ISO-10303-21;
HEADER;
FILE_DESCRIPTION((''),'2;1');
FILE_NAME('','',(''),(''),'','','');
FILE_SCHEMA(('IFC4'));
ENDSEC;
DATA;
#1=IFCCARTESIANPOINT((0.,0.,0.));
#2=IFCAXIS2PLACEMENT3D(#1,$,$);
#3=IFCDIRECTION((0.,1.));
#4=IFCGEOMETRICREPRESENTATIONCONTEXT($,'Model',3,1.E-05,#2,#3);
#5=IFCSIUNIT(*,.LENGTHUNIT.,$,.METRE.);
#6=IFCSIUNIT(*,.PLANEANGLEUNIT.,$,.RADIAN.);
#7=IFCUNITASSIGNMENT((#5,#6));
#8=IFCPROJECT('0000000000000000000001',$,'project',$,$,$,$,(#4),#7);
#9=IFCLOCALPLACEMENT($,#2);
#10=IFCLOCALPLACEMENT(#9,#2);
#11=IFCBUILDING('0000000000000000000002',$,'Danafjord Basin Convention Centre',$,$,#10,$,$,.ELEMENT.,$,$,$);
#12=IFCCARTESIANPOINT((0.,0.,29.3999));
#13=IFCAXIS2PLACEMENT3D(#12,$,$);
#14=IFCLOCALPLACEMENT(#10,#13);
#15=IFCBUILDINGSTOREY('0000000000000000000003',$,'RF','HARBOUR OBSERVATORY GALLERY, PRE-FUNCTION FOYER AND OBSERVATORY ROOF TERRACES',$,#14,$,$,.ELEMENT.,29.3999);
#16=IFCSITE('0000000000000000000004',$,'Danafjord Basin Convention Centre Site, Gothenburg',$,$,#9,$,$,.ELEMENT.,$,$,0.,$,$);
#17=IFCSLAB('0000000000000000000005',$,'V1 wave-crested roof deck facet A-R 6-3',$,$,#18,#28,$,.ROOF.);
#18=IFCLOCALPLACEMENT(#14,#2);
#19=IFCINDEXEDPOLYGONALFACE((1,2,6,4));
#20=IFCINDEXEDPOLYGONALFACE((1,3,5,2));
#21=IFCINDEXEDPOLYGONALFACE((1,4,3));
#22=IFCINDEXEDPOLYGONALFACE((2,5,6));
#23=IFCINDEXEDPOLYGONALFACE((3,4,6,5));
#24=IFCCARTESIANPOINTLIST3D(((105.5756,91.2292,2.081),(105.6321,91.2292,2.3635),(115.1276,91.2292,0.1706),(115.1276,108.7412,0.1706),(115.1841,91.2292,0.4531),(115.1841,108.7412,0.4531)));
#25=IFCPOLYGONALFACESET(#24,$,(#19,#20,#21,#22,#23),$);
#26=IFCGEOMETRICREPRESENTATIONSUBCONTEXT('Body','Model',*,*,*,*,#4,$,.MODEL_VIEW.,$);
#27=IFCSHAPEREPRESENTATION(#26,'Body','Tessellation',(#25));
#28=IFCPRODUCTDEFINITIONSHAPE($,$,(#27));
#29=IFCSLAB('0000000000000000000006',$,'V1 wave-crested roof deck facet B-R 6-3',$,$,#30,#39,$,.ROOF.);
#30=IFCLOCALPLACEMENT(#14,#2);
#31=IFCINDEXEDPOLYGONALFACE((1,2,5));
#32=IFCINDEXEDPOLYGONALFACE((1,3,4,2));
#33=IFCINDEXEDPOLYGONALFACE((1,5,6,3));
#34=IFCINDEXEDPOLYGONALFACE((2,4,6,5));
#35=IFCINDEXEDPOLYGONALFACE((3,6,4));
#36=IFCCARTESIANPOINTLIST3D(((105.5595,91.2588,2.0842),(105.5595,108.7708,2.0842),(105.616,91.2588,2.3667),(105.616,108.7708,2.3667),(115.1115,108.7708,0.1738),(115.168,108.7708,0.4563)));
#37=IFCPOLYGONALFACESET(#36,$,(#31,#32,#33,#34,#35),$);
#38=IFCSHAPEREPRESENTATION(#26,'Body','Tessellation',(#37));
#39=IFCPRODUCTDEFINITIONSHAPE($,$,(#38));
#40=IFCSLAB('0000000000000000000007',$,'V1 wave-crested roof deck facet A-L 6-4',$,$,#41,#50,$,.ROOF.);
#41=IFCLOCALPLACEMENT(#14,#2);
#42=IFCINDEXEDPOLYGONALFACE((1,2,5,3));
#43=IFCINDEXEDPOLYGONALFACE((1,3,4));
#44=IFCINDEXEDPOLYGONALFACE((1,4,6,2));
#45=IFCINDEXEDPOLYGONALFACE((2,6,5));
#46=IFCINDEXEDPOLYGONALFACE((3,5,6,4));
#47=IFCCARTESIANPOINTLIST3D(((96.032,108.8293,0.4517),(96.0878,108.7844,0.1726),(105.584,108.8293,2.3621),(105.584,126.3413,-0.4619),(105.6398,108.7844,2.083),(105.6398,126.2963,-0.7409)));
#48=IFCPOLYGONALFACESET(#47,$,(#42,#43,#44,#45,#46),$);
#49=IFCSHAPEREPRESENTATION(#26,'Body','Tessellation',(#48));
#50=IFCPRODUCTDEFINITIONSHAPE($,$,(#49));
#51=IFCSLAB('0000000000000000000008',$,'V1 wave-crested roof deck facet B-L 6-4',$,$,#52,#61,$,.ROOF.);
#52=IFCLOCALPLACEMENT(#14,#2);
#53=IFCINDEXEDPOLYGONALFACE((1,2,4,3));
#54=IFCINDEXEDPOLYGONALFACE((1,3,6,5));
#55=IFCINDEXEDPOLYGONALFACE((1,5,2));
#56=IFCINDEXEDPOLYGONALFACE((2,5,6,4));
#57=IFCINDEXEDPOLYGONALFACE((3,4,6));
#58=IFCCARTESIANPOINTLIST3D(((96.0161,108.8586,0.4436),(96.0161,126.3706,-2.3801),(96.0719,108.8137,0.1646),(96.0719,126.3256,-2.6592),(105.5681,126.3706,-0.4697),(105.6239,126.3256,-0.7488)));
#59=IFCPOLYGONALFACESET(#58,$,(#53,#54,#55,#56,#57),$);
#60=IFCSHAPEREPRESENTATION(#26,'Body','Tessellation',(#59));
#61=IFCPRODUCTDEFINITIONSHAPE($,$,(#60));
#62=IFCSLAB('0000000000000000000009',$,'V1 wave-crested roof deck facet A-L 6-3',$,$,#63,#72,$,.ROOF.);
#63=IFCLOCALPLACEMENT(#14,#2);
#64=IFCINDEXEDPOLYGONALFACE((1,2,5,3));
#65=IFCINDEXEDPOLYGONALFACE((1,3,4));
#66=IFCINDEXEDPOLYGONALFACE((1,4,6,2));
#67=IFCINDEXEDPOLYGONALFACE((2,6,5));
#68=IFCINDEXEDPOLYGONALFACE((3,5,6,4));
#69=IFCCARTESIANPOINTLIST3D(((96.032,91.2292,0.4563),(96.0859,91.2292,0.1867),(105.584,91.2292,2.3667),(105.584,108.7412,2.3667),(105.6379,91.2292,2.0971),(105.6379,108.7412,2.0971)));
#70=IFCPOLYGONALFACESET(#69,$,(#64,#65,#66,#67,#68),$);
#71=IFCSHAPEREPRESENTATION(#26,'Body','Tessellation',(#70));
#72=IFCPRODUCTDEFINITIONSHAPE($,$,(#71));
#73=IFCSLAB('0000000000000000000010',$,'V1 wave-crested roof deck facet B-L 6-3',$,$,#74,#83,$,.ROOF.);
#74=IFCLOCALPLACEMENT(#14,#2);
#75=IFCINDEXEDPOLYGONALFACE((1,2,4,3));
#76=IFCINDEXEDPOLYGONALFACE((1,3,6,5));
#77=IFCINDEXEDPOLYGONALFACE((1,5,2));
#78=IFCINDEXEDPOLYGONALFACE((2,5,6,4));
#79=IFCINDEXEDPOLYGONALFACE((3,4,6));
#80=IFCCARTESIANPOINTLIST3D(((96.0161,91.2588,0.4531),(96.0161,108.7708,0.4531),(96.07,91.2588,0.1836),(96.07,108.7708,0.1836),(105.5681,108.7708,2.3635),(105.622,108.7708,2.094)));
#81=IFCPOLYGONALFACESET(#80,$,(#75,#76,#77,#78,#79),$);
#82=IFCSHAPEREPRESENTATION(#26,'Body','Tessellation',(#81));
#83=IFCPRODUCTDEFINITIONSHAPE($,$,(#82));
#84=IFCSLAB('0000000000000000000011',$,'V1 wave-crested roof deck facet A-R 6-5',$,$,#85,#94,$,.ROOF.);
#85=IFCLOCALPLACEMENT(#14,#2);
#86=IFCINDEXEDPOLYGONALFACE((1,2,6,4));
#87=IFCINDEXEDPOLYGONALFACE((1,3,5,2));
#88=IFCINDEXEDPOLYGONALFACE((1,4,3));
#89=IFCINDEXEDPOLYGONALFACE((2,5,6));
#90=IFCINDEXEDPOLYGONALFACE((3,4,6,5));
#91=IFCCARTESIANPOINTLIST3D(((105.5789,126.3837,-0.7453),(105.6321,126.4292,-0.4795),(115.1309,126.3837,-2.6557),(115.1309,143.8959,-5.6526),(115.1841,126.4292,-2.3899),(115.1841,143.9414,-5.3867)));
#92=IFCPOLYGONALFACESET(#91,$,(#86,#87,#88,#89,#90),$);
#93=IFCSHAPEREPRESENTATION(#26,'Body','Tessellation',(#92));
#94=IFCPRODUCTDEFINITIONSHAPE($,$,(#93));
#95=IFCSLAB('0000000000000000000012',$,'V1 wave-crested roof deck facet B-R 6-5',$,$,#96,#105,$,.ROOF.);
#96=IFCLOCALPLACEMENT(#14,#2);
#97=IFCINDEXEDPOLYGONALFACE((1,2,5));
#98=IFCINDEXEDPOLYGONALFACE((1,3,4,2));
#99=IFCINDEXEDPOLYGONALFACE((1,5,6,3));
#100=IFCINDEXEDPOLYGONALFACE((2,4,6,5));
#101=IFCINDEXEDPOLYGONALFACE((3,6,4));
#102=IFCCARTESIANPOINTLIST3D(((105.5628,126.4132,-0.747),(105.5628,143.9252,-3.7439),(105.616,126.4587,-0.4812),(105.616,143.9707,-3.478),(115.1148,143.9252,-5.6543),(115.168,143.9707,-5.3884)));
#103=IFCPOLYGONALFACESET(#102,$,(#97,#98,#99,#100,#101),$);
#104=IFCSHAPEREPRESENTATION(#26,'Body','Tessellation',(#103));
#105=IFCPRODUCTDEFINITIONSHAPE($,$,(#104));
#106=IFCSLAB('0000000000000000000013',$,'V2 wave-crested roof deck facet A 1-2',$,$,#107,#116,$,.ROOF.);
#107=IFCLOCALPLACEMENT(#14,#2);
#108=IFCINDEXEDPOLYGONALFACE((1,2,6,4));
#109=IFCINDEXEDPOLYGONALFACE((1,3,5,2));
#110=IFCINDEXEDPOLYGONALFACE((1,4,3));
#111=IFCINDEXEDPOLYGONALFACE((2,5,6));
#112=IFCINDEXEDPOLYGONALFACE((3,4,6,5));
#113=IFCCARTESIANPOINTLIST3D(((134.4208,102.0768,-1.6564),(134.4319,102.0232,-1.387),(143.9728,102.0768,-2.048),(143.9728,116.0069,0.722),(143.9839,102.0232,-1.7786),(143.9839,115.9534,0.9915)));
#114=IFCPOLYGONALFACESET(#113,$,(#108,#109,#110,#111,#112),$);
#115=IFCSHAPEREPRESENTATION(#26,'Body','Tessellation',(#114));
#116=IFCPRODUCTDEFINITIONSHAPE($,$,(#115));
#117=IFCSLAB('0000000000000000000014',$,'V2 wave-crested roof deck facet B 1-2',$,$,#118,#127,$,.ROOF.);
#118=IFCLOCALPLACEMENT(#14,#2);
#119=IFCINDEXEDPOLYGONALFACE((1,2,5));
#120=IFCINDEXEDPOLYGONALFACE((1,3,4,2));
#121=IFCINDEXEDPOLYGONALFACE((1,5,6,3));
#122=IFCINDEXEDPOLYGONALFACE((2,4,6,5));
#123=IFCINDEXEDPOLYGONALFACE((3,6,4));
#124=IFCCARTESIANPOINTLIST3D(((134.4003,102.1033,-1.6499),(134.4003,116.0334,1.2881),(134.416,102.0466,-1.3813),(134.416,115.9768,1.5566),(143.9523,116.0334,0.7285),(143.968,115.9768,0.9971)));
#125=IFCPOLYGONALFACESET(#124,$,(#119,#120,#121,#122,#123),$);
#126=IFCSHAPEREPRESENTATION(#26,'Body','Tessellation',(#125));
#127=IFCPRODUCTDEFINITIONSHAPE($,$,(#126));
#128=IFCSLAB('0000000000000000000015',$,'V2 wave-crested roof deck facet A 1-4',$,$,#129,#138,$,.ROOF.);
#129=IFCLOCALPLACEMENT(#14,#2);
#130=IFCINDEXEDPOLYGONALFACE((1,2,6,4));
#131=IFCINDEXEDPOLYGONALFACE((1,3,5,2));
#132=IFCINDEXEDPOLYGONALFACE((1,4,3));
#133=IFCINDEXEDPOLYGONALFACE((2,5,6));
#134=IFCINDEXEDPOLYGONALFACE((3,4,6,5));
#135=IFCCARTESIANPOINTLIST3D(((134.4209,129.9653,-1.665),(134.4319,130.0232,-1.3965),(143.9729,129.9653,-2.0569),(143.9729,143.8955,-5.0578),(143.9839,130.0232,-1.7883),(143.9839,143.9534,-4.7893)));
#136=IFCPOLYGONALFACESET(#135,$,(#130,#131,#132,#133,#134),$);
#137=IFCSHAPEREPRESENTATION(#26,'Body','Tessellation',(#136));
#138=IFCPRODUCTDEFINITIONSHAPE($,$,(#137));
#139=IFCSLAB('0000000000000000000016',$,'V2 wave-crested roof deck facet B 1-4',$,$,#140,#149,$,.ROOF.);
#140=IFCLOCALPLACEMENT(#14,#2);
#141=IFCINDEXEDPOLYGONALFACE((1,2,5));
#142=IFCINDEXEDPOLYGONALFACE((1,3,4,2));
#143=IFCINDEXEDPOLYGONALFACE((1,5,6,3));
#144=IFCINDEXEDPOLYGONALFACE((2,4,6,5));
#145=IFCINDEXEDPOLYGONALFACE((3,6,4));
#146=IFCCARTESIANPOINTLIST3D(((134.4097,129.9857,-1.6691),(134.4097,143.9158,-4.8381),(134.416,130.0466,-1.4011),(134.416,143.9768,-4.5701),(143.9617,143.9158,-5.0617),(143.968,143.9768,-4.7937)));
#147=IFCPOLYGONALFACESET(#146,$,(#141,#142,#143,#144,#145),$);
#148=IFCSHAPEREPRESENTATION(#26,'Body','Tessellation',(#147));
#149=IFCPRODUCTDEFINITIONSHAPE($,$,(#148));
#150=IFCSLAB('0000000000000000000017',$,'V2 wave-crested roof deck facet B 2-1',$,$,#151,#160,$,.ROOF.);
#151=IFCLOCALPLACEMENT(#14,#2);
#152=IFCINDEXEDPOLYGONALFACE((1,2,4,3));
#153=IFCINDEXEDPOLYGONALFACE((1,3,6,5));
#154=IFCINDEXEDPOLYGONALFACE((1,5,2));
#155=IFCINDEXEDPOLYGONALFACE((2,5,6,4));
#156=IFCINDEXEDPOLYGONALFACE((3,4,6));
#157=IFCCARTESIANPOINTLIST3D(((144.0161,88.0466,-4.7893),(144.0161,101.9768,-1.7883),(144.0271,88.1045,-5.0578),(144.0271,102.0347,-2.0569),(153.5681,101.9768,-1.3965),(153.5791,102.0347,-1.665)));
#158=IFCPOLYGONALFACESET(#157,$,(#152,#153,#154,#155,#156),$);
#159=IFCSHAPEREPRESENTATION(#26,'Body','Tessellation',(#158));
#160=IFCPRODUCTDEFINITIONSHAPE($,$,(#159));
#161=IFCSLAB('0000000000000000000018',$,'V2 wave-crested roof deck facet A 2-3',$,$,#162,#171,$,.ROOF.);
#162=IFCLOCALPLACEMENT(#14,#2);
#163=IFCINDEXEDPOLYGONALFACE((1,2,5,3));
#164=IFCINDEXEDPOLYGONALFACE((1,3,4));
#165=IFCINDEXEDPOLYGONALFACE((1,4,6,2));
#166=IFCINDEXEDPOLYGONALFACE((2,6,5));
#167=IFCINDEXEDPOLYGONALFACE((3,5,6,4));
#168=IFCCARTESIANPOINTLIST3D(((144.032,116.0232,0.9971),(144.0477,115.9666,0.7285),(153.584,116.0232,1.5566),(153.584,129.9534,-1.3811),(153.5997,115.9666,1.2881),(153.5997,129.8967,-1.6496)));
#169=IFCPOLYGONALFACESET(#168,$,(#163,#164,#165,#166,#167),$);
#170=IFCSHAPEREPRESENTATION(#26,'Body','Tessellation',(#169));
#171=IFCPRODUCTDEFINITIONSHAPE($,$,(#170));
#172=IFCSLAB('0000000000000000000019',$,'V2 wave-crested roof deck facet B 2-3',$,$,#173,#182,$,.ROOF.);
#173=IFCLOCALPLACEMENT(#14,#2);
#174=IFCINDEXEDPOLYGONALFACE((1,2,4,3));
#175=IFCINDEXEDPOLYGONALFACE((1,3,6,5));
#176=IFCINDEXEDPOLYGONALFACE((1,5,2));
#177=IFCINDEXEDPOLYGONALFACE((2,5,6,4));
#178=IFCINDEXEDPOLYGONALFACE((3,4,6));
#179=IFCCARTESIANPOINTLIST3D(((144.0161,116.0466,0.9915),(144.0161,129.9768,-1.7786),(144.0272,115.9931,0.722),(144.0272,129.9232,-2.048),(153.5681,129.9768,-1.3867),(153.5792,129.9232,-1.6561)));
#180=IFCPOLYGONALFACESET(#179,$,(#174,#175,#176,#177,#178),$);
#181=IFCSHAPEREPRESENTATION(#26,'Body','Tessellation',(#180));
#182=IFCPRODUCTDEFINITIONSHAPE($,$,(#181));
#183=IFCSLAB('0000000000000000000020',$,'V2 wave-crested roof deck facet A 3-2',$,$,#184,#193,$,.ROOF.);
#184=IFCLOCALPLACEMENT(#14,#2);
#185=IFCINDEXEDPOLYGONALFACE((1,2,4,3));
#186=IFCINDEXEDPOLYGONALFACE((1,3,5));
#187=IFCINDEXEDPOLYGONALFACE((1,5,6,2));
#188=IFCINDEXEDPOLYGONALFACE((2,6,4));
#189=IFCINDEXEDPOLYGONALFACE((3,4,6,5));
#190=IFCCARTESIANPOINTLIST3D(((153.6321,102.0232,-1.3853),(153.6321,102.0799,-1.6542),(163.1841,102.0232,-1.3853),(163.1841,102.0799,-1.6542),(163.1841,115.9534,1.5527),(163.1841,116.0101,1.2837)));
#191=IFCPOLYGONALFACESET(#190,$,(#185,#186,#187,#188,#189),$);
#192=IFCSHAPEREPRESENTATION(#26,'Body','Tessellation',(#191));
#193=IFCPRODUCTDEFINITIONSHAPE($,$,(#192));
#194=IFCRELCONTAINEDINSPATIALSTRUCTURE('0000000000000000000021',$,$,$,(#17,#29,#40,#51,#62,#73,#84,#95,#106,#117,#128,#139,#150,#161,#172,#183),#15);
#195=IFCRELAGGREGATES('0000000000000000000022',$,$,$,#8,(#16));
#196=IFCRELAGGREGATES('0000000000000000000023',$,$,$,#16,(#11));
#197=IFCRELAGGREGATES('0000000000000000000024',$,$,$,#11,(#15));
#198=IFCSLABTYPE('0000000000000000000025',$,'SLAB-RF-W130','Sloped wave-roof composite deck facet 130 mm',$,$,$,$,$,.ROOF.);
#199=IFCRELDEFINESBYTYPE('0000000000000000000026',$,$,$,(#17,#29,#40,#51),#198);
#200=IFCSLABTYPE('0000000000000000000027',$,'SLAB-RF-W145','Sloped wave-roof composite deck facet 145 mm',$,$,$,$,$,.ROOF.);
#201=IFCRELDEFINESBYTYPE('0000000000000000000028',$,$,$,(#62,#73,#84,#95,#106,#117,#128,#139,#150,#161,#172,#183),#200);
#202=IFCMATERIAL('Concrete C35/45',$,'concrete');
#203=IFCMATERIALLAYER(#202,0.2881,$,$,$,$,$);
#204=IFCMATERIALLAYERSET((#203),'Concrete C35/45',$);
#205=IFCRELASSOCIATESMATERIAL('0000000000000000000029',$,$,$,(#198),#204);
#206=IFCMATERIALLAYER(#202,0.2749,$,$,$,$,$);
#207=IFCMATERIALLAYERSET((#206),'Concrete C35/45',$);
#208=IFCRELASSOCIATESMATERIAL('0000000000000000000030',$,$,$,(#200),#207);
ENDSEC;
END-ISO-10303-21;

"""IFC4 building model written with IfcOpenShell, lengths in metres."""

from ifc_helpers import new_model, si_unit, direction, frame, origin, place, context, subcontext, project, spatial, polyline, outline, extrude, material, layer, layer_set, type_object, element, save


model = new_model("IFC4")

# Units and contexts
model_context = context("Model", 3, precision=1e-05, world=origin(), true_north=direction((0.0, 1.0)))
body_context = subcontext(model_context, "Body", "Model", "MODEL_VIEW")
ifc_project = project(units=[si_unit("LENGTHUNIT", "METRE"), si_unit("PLANEANGLEUNIT", "RADIAN")], contexts=[model_context])

# Site, building, storey
site_placement = place(None, origin())
site = spatial("IfcSite", under=ifc_project, at=site_placement, Name="Danafjord Basin Convention Centre Site, Gothenburg", CompositionType="ELEMENT", RefElevation=0.0)
building_placement = place(site_placement, origin())
building = spatial("IfcBuilding", under=site, at=building_placement, Name="Danafjord Basin Convention Centre", CompositionType="ELEMENT")
storey_placement = place(building_placement, frame((0.0, 0.0, 29.3999)))
storey = spatial("IfcBuildingStorey", under=building, at=storey_placement, Name="RF", Description="HARBOUR OBSERVATORY GALLERY, PRE-FUNCTION FOYER AND OBSERVATORY ROOF TERRACES", CompositionType="ELEMENT", Elevation=29.3999)

# Slabs
ifc_material_1 = material(Name="Concrete C35/45", Category="concrete")
ifc_layer_1 = layer(ifc_material_1, 0.2881)
ifc_layer_set_1 = layer_set([ifc_layer_1], Name="Concrete C35/45")
slab_type_1 = type_object("IfcSlabType", Name="SLAB-RF-W130", Description="Sloped wave-roof composite deck facet 130 mm", PredefinedType="ROOF", material=ifc_layer_set_1)
slab_1_placement = place(storey_placement, frame((105.6321, 91.2292, 2.3635), z_axis=(0.196116, 0.0, 0.980581), x_axis=(0.980581, 0.0, -0.196116)))
element("IfcSlab", 1, at=slab_1_placement, inside=storey, type_object=slab_type_1, Name="V1 wave-crested roof deck facet A-R 6-3", PredefinedType="ROOF", context=body_context, shape_type="SweptSolid", body=[
    extrude(outline(polyline([(0.0, 0.0), (9.7412, 0.0), (9.7412, 17.512), (0.0, 0.0)])), origin(), (0.0, 0.0, -1.0), 0.2881),
])
slab_2_placement = place(storey_placement, frame((105.616, 91.2588, 2.3667), z_axis=(0.196116, 0.0, 0.980581), x_axis=(0.476672, 0.873897, -0.095334)))
element("IfcSlab", 2, at=slab_2_placement, inside=storey, type_object=slab_type_1, Name="V1 wave-crested roof deck facet B-R 6-3", PredefinedType="ROOF", context=body_context, shape_type="SweptSolid", body=[
    extrude(outline(polyline([(0.0, 0.0), (20.0389, 0.0), (15.3036, 8.5128), (0.0, 0.0)])), origin(), (0.0, 0.0, -1.0), 0.2881),
])
slab_3_placement = place(storey_placement, frame((96.032, 108.8293, 0.4517), z_axis=(-0.193709, 0.156188, 0.968546), x_axis=(0.980581, 0.0, 0.196116)))
element("IfcSlab", 3, at=slab_3_placement, inside=storey, type_object=slab_type_1, Name="V1 wave-crested roof deck facet A-L 6-4", PredefinedType="ROOF", context=body_context, shape_type="SweptSolid", body=[
    extrude(outline(polyline([(0.0, 0.0), (9.7412, 0.0), (9.1873, 17.7296), (0.0, 0.0)])), origin(), (0.0, 0.0, -1.0), 0.2881),
])
slab_4_placement = place(storey_placement, frame((96.0161, 108.8586, 0.4436), z_axis=(-0.19371, 0.156174, 0.968548), x_axis=(0.478352, 0.876976, -0.045738)))
element("IfcSlab", 4, at=slab_4_placement, inside=storey, type_object=slab_type_1, Name="V1 wave-crested roof deck facet B-L 6-4", PredefinedType="ROOF", context=body_context, shape_type="SweptSolid", body=[
    extrude(outline(polyline([(0.0, 0.0), (19.9686, 0.0), (15.4867, 8.6489), (0.0, 0.0)])), origin(), (0.0, 0.0, -1.0), 0.2881),
])
ifc_layer_2 = layer(ifc_material_1, 0.2749)
ifc_layer_set_2 = layer_set([ifc_layer_2], Name="Concrete C35/45")
slab_type_2 = type_object("IfcSlabType", Name="SLAB-RF-W145", Description="Sloped wave-roof composite deck facet 145 mm", PredefinedType="ROOF", material=ifc_layer_set_2)
slab_5_placement = place(storey_placement, frame((96.032, 91.2292, 0.4563), z_axis=(-0.196116, 0.0, 0.980581), x_axis=(0.980581, 0.0, 0.196116)))
element("IfcSlab", 5, at=slab_5_placement, inside=storey, type_object=slab_type_2, Name="V1 wave-crested roof deck facet A-L 6-3", PredefinedType="ROOF", context=body_context, shape_type="SweptSolid", body=[
    extrude(outline(polyline([(0.0, 0.0), (9.7412, 0.0), (9.7412, 17.512), (0.0, 0.0)])), origin(), (0.0, 0.0, -1.0), 0.2749),
])
slab_6_placement = place(storey_placement, frame((96.0161, 91.2588, 0.4531), z_axis=(-0.196116, 0.0, 0.980581), x_axis=(0.476672, 0.873897, 0.095334)))
element("IfcSlab", 6, at=slab_6_placement, inside=storey, type_object=slab_type_2, Name="V1 wave-crested roof deck facet B-L 6-3", PredefinedType="ROOF", context=body_context, shape_type="SweptSolid", body=[
    extrude(outline(polyline([(0.0, 0.0), (20.0389, 0.0), (15.3036, 8.5128), (0.0, 0.0)])), origin(), (0.0, 0.0, -1.0), 0.2749),
])
slab_7_placement = place(storey_placement, frame((105.6321, 126.4292, -0.4795), z_axis=(0.193412, 0.165491, 0.96706), x_axis=(0.980581, 0.0, -0.196116)))
element("IfcSlab", 7, at=slab_7_placement, inside=storey, type_object=slab_type_2, Name="V1 wave-crested roof deck facet A-R 6-5", PredefinedType="ROOF", context=body_context, shape_type="SweptSolid", body=[
    extrude(outline(polyline([(0.0, 0.0), (9.7412, 0.0), (10.3289, 17.7571), (0.0, 0.0)])), origin(), (0.0, 0.0, -1.0), 0.2749),
])
slab_8_placement = place(storey_placement, frame((105.616, 126.4587, -0.4812), z_axis=(0.193412, 0.165493, 0.967059), x_axis=(0.464989, 0.852479, -0.238883)))
element("IfcSlab", 8, at=slab_8_placement, inside=storey, type_object=slab_type_2, Name="V1 wave-crested roof deck facet B-R 6-5", PredefinedType="ROOF", context=body_context, shape_type="SweptSolid", body=[
    extrude(outline(polyline([(0.0, 0.0), (20.5424, 0.0), (15.6445, 8.4202), (0.0, 0.0)])), origin(), (0.0, 0.0, -1.0), 0.2749),
])
slab_9_placement = place(storey_placement, frame((134.4319, 102.0232, -1.387), z_axis=(0.040177, -0.194874, 0.980005), x_axis=(0.999161, 0.0, -0.040962)))
element("IfcSlab", 9, at=slab_9_placement, inside=storey, type_object=slab_type_2, Name="V2 wave-crested roof deck facet A 1-2", PredefinedType="ROOF", context=body_context, shape_type="SweptSolid", body=[
    extrude(outline(polyline([(0.0, 0.0), (9.56, 0.0), (9.4466, 14.2025), (0.0, 0.0)])), origin(), (0.0, 0.0, -1.0), 0.2749),
])
slab_10_placement = place(storey_placement, frame((134.416, 102.0466, -1.3813), z_axis=(0.057227, -0.20603, 0.976871), x_axis=(0.559999, 0.816675, 0.139438)))
element("IfcSlab", 10, at=slab_10_placement, inside=storey, type_object=slab_type_2, Name="V2 wave-crested roof deck facet B 1-2", PredefinedType="ROOF", context=body_context, shape_type="SweptSolid", body=[
    extrude(outline(polyline([(0.0, 0.0), (17.0572, 0.0), (11.7861, 7.9856), (0.0, 0.0)])), origin(), (0.0, 0.0, -1.0), 0.2749),
])
slab_11_placement = place(storey_placement, frame((134.4319, 130.0232, -1.3965), z_axis=(0.04007, 0.210429, 0.976788), x_axis=(0.99916, 0.0, -0.040988)))
element("IfcSlab", 11, at=slab_11_placement, inside=storey, type_object=slab_type_2, Name="V2 wave-crested roof deck facet A 1-4", PredefinedType="ROOF", context=body_context, shape_type="SweptSolid", body=[
    extrude(outline(polyline([(0.0, 0.0), (9.56, 0.0), (9.683, 14.2492), (0.0, 0.0)])), origin(), (0.0, 0.0, -1.0), 0.2749),
])
slab_12_placement = place(storey_placement, frame((134.416, 130.0466, -1.4011), z_axis=(0.022823, 0.221763, 0.974834), x_axis=(0.55445, 0.808583, -0.196924)))
element("IfcSlab", 12, at=slab_12_placement, inside=storey, type_object=slab_type_2, Name="V2 wave-crested roof deck facet B 1-4", PredefinedType="ROOF", context=body_context, shape_type="SweptSolid", body=[
    extrude(outline(polyline([(0.0, 0.0), (17.2279, 0.0), (11.8877, 7.923), (0.0, 0.0)])), origin(), (0.0, 0.0, -1.0), 0.2749),
])
slab_13_placement = place(storey_placement, frame((144.0161, 88.0466, -4.7893), z_axis=(-0.04007, -0.210429, 0.976788), x_axis=(0.554448, 0.808581, 0.196937)))
element("IfcSlab", 13, at=slab_13_placement, inside=storey, type_object=slab_type_2, Name="V2 wave-crested roof deck facet B 2-1", PredefinedType="ROOF", context=body_context, shape_type="SweptSolid", body=[
    extrude(outline(polyline([(0.0, 0.0), (17.2279, 0.0), (11.8547, 7.9071), (0.0, 0.0)])), origin(), (0.0, 0.0, -1.0), 0.2749),
])
slab_14_placement = place(storey_placement, frame((144.032, 116.0232, 0.9971), z_axis=(-0.057227, 0.206014, 0.976874), x_axis=(0.998289, 0.0, 0.058481)))
element("IfcSlab", 14, at=slab_14_placement, inside=storey, type_object=slab_type_2, Name="V2 wave-crested roof deck facet A 2-3", PredefinedType="ROOF", context=body_context, shape_type="SweptSolid", body=[
    extrude(outline(polyline([(0.0, 0.0), (9.5684, 0.0), (9.3966, 14.2355), (0.0, 0.0)])), origin(), (0.0, 0.0, -1.0), 0.2749),
])
slab_15_placement = place(storey_placement, frame((144.0161, 116.0466, 0.9915), z_axis=(-0.040202, 0.194874, 0.980004), x_axis=(0.56, 0.816677, -0.139424)))
element("IfcSlab", 15, at=slab_15_placement, inside=storey, type_object=slab_type_2, Name="V2 wave-crested roof deck facet B 2-3", PredefinedType="ROOF", context=body_context, shape_type="SweptSolid", body=[
    extrude(outline(polyline([(0.0, 0.0), (17.0571, 0.0), (11.7627, 7.9601), (0.0, 0.0)])), origin(), (0.0, 0.0, -1.0), 0.2749),
])
slab_16_placement = place(storey_placement, frame((153.6321, 102.0232, -1.3853), z_axis=(0.0, -0.206368, 0.978474), x_axis=(1.0, 0.0, 0.0)))
element("IfcSlab", 16, at=slab_16_placement, inside=storey, type_object=slab_type_2, Name="V2 wave-crested roof deck facet A 3-2", PredefinedType="ROOF", context=body_context, shape_type="SweptSolid", body=[
    extrude(outline(polyline([(0.0, 0.0), (9.552, 0.0), (9.552, 14.2366), (0.0, 0.0)])), origin(), (0.0, 0.0, -1.0), 0.2749),
])

save(model, "model.ifc")
